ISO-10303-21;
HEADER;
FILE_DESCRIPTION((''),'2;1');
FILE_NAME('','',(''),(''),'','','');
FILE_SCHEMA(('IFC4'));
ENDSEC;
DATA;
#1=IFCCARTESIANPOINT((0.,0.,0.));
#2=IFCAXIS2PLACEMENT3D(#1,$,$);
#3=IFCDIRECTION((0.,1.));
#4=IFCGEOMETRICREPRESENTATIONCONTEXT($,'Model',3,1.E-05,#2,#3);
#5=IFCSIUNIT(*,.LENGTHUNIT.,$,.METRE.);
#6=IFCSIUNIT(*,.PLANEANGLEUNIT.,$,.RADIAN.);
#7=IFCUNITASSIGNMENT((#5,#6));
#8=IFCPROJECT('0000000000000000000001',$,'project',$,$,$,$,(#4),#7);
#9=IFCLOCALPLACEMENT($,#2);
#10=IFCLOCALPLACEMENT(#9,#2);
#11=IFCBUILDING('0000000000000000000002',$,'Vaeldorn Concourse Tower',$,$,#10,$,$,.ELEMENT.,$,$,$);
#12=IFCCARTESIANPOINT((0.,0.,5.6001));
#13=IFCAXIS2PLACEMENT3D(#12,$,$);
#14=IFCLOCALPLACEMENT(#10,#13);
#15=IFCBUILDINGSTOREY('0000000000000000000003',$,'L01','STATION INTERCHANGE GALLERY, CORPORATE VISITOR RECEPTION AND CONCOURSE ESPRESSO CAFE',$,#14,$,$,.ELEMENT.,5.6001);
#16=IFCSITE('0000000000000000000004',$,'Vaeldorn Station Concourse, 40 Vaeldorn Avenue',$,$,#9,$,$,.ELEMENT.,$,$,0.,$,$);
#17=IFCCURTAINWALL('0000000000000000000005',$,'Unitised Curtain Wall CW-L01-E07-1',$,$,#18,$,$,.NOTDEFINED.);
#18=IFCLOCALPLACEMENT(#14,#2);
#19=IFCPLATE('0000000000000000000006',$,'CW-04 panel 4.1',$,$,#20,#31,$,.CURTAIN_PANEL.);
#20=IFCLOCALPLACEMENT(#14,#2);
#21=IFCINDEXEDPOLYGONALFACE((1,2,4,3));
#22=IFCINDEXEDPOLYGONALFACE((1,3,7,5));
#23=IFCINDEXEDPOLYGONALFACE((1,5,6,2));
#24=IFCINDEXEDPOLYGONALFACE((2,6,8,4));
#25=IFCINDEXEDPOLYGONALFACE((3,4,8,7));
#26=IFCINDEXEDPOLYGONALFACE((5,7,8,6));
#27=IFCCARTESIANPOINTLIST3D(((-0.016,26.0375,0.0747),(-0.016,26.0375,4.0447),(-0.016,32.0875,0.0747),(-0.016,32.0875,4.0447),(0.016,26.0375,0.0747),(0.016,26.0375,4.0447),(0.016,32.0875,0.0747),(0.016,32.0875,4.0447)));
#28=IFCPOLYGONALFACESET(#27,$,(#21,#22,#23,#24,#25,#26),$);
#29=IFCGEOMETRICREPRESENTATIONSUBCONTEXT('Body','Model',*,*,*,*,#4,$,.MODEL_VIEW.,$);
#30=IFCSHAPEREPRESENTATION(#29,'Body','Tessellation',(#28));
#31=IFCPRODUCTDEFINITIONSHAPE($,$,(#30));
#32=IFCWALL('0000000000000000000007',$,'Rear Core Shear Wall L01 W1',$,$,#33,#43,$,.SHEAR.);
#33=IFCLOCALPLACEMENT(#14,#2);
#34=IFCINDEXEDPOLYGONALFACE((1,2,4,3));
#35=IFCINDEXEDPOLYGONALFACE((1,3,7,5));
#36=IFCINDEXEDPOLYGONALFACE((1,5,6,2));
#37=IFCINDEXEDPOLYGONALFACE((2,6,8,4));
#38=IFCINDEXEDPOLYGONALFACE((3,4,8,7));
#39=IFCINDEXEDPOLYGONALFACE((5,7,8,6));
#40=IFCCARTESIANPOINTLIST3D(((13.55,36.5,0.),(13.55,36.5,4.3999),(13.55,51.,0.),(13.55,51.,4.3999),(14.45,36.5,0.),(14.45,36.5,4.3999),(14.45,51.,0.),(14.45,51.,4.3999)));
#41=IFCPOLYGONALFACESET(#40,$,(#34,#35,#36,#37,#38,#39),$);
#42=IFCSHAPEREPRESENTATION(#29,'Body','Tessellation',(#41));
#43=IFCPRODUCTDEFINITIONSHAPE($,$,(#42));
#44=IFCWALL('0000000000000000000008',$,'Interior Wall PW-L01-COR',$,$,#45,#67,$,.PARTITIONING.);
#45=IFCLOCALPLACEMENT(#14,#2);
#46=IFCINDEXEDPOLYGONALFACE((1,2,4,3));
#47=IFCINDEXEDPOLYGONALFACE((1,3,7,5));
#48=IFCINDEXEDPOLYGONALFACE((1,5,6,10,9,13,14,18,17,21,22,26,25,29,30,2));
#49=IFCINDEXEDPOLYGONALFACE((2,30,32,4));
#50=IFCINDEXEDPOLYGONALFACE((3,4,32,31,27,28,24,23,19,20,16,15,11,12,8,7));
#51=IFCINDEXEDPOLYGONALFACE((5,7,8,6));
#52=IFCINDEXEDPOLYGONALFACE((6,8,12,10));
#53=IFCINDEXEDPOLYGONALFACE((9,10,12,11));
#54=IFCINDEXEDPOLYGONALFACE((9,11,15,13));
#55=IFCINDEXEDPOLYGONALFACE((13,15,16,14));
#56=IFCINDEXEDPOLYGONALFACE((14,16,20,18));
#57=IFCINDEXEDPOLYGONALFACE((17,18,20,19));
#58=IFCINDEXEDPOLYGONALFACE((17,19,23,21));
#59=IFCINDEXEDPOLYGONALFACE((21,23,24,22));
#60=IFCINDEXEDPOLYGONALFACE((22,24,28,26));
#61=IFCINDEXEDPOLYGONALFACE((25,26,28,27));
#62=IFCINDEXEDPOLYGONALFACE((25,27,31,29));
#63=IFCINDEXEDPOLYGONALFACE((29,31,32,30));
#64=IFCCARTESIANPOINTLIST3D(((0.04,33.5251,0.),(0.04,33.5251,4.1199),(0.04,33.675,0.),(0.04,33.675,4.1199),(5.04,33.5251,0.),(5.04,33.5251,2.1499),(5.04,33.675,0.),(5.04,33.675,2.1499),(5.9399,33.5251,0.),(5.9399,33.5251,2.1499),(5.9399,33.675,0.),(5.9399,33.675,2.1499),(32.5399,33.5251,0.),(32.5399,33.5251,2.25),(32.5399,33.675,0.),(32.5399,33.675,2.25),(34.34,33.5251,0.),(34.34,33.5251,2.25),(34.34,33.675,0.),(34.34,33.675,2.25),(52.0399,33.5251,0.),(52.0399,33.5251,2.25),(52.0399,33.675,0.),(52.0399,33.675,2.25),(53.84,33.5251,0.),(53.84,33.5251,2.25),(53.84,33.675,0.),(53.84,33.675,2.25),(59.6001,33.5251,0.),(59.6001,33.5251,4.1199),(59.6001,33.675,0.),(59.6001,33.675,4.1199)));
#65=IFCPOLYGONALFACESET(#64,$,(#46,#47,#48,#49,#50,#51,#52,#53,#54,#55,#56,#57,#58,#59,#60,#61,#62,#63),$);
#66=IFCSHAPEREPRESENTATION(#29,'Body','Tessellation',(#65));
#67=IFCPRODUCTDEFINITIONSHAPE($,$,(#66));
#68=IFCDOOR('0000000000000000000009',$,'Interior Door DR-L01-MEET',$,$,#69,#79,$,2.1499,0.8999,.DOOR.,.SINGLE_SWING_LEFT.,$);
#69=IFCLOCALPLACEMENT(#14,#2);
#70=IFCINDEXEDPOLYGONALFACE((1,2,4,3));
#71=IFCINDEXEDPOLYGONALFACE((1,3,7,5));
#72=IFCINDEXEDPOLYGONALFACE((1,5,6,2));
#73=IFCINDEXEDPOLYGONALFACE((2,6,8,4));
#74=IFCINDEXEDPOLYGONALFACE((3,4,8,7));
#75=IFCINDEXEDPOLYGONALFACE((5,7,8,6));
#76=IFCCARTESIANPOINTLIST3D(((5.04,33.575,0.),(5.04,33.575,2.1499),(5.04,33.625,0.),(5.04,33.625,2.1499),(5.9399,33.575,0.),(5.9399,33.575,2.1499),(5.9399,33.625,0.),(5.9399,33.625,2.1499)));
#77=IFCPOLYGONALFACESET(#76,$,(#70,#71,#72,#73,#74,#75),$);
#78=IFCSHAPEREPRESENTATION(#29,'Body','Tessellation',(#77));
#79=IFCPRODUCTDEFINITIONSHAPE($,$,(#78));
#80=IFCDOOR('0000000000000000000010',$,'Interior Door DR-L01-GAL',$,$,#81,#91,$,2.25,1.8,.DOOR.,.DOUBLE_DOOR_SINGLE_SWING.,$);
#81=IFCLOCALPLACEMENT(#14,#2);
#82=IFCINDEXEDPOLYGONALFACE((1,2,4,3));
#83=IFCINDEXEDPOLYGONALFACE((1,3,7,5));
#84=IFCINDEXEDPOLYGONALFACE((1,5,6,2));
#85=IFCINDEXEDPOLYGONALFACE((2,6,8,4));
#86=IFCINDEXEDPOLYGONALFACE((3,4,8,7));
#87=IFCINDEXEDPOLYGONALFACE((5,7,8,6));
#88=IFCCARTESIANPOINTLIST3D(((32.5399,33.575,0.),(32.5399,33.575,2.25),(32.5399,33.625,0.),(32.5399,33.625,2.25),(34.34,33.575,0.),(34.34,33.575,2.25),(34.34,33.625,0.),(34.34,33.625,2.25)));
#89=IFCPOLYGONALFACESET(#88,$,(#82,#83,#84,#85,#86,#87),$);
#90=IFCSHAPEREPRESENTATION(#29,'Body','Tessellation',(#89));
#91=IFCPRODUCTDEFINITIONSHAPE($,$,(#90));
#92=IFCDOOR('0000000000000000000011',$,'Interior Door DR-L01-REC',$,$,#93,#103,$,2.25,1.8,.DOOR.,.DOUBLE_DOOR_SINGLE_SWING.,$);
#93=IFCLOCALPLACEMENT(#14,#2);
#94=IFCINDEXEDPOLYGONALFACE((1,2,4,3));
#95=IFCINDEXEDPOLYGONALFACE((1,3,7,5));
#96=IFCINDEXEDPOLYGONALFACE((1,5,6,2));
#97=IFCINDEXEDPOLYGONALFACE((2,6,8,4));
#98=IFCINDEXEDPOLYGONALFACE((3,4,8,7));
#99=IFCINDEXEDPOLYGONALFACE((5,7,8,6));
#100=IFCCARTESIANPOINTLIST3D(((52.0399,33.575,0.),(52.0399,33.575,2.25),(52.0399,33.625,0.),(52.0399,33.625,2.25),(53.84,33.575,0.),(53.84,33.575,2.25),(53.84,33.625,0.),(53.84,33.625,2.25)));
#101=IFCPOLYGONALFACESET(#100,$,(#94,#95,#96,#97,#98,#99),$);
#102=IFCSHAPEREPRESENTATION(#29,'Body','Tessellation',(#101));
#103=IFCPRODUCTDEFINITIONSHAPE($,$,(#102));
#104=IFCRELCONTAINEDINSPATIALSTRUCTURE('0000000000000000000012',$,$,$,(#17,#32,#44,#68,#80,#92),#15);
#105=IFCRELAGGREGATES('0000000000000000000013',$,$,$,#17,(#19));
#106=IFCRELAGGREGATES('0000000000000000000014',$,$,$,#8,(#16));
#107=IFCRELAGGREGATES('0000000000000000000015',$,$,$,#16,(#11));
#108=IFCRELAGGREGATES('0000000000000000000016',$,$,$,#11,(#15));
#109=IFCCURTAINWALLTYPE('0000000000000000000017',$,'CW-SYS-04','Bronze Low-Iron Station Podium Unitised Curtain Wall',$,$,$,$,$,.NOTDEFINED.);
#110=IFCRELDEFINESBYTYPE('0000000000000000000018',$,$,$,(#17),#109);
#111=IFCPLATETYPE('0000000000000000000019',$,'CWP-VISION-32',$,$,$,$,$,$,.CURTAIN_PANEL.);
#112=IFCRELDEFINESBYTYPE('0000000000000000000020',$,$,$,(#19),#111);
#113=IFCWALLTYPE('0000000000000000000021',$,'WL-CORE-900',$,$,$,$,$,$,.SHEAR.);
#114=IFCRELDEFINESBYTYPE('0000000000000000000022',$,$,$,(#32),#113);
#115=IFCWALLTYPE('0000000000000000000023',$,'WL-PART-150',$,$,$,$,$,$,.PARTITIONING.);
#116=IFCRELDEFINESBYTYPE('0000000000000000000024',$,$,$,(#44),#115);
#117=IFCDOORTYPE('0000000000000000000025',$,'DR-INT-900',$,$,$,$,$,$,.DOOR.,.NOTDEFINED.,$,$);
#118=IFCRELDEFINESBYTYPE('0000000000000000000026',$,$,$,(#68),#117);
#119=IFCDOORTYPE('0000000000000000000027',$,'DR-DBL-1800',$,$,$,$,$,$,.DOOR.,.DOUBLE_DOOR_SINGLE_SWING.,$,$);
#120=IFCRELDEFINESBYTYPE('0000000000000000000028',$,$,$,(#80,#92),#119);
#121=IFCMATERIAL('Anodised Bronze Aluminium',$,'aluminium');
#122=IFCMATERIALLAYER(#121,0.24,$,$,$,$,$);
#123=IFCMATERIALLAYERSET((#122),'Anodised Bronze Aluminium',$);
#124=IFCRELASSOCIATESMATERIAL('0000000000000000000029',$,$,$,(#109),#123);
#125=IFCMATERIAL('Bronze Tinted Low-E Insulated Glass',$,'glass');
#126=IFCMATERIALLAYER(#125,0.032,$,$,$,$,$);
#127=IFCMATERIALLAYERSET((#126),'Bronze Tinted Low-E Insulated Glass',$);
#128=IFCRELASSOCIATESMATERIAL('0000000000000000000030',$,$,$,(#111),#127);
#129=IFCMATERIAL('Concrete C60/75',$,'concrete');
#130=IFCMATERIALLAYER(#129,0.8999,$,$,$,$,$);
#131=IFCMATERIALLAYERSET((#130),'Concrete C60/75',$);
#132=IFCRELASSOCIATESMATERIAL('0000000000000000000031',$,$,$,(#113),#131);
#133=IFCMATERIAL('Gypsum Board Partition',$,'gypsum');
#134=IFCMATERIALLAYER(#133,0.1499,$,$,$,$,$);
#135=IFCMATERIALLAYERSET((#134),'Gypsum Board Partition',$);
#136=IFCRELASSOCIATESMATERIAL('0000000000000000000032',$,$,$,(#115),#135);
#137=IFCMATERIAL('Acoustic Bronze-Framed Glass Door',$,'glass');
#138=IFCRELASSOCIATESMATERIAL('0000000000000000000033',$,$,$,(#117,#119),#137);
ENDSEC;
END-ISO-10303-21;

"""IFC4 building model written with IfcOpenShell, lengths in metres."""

from ifc_helpers import new_model, si_unit, direction, frame, frame_2d, origin, origin_2d, place, context, subcontext, project, spatial, rectangle, extrude, source, transform, mapped, material, layer, layer_set, type_object, element, fill, aggregate, save


model = new_model("IFC4")

# Units and contexts
model_context = context("Model", 3, precision=1e-05, world=origin(), true_north=direction((0.0, 1.0)))
body_context = subcontext(model_context, "Body", "Model", "MODEL_VIEW")
ifc_project = project(units=[si_unit("LENGTHUNIT", "METRE"), si_unit("PLANEANGLEUNIT", "RADIAN")], contexts=[model_context])

# Site, building, storey
site_placement = place(None, origin())
site = spatial("IfcSite", under=ifc_project, at=site_placement, Name="Vaeldorn Station Concourse, 40 Vaeldorn Avenue", CompositionType="ELEMENT", RefElevation=0.0)
building_placement = place(site_placement, origin())
building = spatial("IfcBuilding", under=site, at=building_placement, Name="Vaeldorn Concourse Tower", CompositionType="ELEMENT")
storey_placement = place(building_placement, frame((0.0, 0.0, 5.6001)))
storey = spatial("IfcBuildingStorey", under=building, at=storey_placement, Name="L01", Description="STATION INTERCHANGE GALLERY, CORPORATE VISITOR RECEPTION AND CONCOURSE ESPRESSO CAFE", CompositionType="ELEMENT", Elevation=5.6001)

# Shared definitions
ifc_material_1 = material(Name="Concrete C60/75", Category="concrete")

# Curtain wall, plate
ifc_material_2 = material(Name="Anodised Bronze Aluminium", Category="aluminium")
ifc_layer_1 = layer(ifc_material_2, 0.24)
ifc_layer_set_1 = layer_set([ifc_layer_1], Name="Anodised Bronze Aluminium")
curtain_wall_type = type_object("IfcCurtainWallType", Name="CW-SYS-04", Description="Bronze Low-Iron Station Podium Unitised Curtain Wall", PredefinedType="NOTDEFINED", material=ifc_layer_set_1)
curtain_wall_placement = place(storey_placement, origin())
curtain_wall = element("IfcCurtainWall", 1, at=curtain_wall_placement, inside=storey, type_object=curtain_wall_type, Name="Unitised Curtain Wall CW-L01-E07-1", PredefinedType="NOTDEFINED")
ifc_material_3 = material(Name="Bronze Tinted Low-E Insulated Glass", Category="glass")
ifc_layer_2 = layer(ifc_material_3, 0.032)
ifc_layer_set_2 = layer_set([ifc_layer_2], Name="Bronze Tinted Low-E Insulated Glass")
plate_type = type_object("IfcPlateType", Name="CWP-VISION-32", PredefinedType="CURTAIN_PANEL", material=ifc_layer_set_2)
shared_shape_1 = source(origin(), body_context, "Body", "SweptSolid", [
    extrude(rectangle(XDim=6.05, YDim=0.032, at=origin_2d()), origin(), (0.0, 0.0, 1.0), 3.97),
])
plate_1_placement = place(storey_placement, frame((0.0, 29.0625, 0.0747), z_axis=(0.0, 0.0, 1.0), x_axis=(0.0, -1.0, 0.0)))
plate_1 = element("IfcPlate", 2, at=plate_1_placement, type_object=plate_type, Name="CW-04 panel 4.1", PredefinedType="CURTAIN_PANEL", context=body_context, shape_type="MappedRepresentation", body=[
    mapped(shared_shape_1, transform((0.0, 0.0, 0.0), scale=1.0)),
])
aggregate(curtain_wall, [plate_1])

# Wall
ifc_layer_3 = layer(ifc_material_1, 0.8999)
ifc_layer_set_3 = layer_set([ifc_layer_3], Name="Concrete C60/75")
wall_type_1 = type_object("IfcWallType", Name="WL-CORE-900", PredefinedType="SHEAR", material=ifc_layer_set_3)
wall_1_placement = place(storey_placement, frame((14.0, 36.5, 0.0), z_axis=(0.0, 0.0, 1.0), x_axis=(0.0, 1.0, 0.0)))
element("IfcWall", 3, at=wall_1_placement, inside=storey, type_object=wall_type_1, Name="Rear Core Shear Wall L01 W1", PredefinedType="SHEAR", context=body_context, shape_type="SweptSolid", body=[
    extrude(rectangle(XDim=14.5, YDim=0.8999, at=frame_2d((7.25, 0.0))), origin(), (0.0, 0.0, 1.0), 4.3999),
])

# Wall, openings, doors
ifc_material_4 = material(Name="Gypsum Board Partition", Category="gypsum")
ifc_layer_4 = layer(ifc_material_4, 0.1499)
ifc_layer_set_4 = layer_set([ifc_layer_4], Name="Gypsum Board Partition")
wall_type_2 = type_object("IfcWallType", Name="WL-PART-150", PredefinedType="PARTITIONING", material=ifc_layer_set_4)
wall_2_placement = place(storey_placement, frame((0.04, 33.6001, 0.0), z_axis=(0.0, 0.0, 1.0), x_axis=(1.0, 0.0, 0.0)))
wall_2 = element("IfcWall", 4, at=wall_2_placement, inside=storey, type_object=wall_type_2, Name="Interior Wall PW-L01-COR", PredefinedType="PARTITIONING", context=body_context, shape_type="SweptSolid", body=[
    extrude(rectangle(XDim=59.5601, YDim=0.1499, at=frame_2d((29.78, 0.0))), origin(), (0.0, 0.0, 1.0), 4.1199),
])
opening_1_placement = place(wall_2_placement, frame((5.0, 0.0, 0.0)))
opening_1 = element("IfcOpeningElement", 5, at=opening_1_placement, cuts=wall_2, PredefinedType="OPENING", context=body_context, shape_type="SweptSolid", body=[
    extrude(rectangle(XDim=0.8999, YDim=2.1499, at=frame_2d((0.45, 1.075))), frame((0.0, 0.085, 0.0), z_axis=(0.0, -1.0, 0.0), x_axis=(1.0, 0.0, 0.0)), (0.0, 0.0, 1.0), 0.1699),
])
opening_2_placement = place(wall_2_placement, frame((32.5, 0.0, 0.0)))
opening_2 = element("IfcOpeningElement", 6, at=opening_2_placement, cuts=wall_2, PredefinedType="OPENING", context=body_context, shape_type="SweptSolid", body=[
    extrude(rectangle(XDim=1.8, YDim=2.25, at=frame_2d((0.8999, 1.125))), frame((0.0, 0.085, 0.0), z_axis=(0.0, -1.0, 0.0), x_axis=(1.0, 0.0, 0.0)), (0.0, 0.0, 1.0), 0.1699),
])
opening_3_placement = place(wall_2_placement, frame((52.0, 0.0, 0.0)))
opening_3 = element("IfcOpeningElement", 7, at=opening_3_placement, cuts=wall_2, PredefinedType="OPENING", context=body_context, shape_type="SweptSolid", body=[
    extrude(rectangle(XDim=1.8, YDim=2.25, at=frame_2d((0.8999, 1.125))), frame((0.0, 0.085, 0.0), z_axis=(0.0, -1.0, 0.0), x_axis=(1.0, 0.0, 0.0)), (0.0, 0.0, 1.0), 0.1699),
])
ifc_material_5 = material(Name="Acoustic Bronze-Framed Glass Door", Category="glass")
door_type_1 = type_object("IfcDoorType", Name="DR-INT-900", OperationType="NOTDEFINED", PredefinedType="DOOR", material=ifc_material_5)
shared_shape_2 = source(origin(), body_context, "Body", "SweptSolid", [
    extrude(rectangle(XDim=0.8999, YDim=2.1499, at=frame_2d((0.45, 1.075))), frame((0.0, 0.0249, 0.0), z_axis=(0.0, -1.0, 0.0), x_axis=(1.0, 0.0, 0.0)), (0.0, 0.0, 1.0), 0.05),
])
door_1_placement = place(opening_1_placement, origin())
door_1 = element("IfcDoor", 8, at=door_1_placement, inside=storey, type_object=door_type_1, Name="Interior Door DR-L01-MEET", OperationType="SINGLE_SWING_LEFT", OverallHeight=2.1499, OverallWidth=0.8999, PredefinedType="DOOR", context=body_context, shape_type="MappedRepresentation", body=[
    mapped(shared_shape_2, transform((0.0, 0.0, 0.0), scale=1.0)),
])
fill(opening_1, door_1)
door_type_2 = type_object("IfcDoorType", Name="DR-DBL-1800", OperationType="DOUBLE_DOOR_SINGLE_SWING", PredefinedType="DOOR", material=ifc_material_5)
shared_shape_3 = source(origin(), body_context, "Body", "SweptSolid", [
    extrude(rectangle(XDim=1.8, YDim=2.25, at=frame_2d((0.8999, 1.125))), frame((0.0, 0.0249, 0.0), z_axis=(0.0, -1.0, 0.0), x_axis=(1.0, 0.0, 0.0)), (0.0, 0.0, 1.0), 0.05),
])
door_2_placement = place(opening_2_placement, origin())
door_2 = element("IfcDoor", 9, at=door_2_placement, inside=storey, type_object=door_type_2, Name="Interior Door DR-L01-GAL", OperationType="DOUBLE_DOOR_SINGLE_SWING", OverallHeight=2.25, OverallWidth=1.8, PredefinedType="DOOR", context=body_context, shape_type="MappedRepresentation", body=[
    mapped(shared_shape_3, transform((0.0, 0.0, 0.0), scale=1.0)),
])
fill(opening_2, door_2)
door_3_placement = place(opening_3_placement, origin())
door_3 = element("IfcDoor", 10, at=door_3_placement, inside=storey, type_object=door_type_2, Name="Interior Door DR-L01-REC", OperationType="DOUBLE_DOOR_SINGLE_SWING", OverallHeight=2.25, OverallWidth=1.8, PredefinedType="DOOR", context=body_context, shape_type="MappedRepresentation", body=[
    mapped(shared_shape_3, transform((0.0, 0.0, 0.0), scale=1.0)),
])
fill(opening_3, door_3)

save(model, "model.ifc")
